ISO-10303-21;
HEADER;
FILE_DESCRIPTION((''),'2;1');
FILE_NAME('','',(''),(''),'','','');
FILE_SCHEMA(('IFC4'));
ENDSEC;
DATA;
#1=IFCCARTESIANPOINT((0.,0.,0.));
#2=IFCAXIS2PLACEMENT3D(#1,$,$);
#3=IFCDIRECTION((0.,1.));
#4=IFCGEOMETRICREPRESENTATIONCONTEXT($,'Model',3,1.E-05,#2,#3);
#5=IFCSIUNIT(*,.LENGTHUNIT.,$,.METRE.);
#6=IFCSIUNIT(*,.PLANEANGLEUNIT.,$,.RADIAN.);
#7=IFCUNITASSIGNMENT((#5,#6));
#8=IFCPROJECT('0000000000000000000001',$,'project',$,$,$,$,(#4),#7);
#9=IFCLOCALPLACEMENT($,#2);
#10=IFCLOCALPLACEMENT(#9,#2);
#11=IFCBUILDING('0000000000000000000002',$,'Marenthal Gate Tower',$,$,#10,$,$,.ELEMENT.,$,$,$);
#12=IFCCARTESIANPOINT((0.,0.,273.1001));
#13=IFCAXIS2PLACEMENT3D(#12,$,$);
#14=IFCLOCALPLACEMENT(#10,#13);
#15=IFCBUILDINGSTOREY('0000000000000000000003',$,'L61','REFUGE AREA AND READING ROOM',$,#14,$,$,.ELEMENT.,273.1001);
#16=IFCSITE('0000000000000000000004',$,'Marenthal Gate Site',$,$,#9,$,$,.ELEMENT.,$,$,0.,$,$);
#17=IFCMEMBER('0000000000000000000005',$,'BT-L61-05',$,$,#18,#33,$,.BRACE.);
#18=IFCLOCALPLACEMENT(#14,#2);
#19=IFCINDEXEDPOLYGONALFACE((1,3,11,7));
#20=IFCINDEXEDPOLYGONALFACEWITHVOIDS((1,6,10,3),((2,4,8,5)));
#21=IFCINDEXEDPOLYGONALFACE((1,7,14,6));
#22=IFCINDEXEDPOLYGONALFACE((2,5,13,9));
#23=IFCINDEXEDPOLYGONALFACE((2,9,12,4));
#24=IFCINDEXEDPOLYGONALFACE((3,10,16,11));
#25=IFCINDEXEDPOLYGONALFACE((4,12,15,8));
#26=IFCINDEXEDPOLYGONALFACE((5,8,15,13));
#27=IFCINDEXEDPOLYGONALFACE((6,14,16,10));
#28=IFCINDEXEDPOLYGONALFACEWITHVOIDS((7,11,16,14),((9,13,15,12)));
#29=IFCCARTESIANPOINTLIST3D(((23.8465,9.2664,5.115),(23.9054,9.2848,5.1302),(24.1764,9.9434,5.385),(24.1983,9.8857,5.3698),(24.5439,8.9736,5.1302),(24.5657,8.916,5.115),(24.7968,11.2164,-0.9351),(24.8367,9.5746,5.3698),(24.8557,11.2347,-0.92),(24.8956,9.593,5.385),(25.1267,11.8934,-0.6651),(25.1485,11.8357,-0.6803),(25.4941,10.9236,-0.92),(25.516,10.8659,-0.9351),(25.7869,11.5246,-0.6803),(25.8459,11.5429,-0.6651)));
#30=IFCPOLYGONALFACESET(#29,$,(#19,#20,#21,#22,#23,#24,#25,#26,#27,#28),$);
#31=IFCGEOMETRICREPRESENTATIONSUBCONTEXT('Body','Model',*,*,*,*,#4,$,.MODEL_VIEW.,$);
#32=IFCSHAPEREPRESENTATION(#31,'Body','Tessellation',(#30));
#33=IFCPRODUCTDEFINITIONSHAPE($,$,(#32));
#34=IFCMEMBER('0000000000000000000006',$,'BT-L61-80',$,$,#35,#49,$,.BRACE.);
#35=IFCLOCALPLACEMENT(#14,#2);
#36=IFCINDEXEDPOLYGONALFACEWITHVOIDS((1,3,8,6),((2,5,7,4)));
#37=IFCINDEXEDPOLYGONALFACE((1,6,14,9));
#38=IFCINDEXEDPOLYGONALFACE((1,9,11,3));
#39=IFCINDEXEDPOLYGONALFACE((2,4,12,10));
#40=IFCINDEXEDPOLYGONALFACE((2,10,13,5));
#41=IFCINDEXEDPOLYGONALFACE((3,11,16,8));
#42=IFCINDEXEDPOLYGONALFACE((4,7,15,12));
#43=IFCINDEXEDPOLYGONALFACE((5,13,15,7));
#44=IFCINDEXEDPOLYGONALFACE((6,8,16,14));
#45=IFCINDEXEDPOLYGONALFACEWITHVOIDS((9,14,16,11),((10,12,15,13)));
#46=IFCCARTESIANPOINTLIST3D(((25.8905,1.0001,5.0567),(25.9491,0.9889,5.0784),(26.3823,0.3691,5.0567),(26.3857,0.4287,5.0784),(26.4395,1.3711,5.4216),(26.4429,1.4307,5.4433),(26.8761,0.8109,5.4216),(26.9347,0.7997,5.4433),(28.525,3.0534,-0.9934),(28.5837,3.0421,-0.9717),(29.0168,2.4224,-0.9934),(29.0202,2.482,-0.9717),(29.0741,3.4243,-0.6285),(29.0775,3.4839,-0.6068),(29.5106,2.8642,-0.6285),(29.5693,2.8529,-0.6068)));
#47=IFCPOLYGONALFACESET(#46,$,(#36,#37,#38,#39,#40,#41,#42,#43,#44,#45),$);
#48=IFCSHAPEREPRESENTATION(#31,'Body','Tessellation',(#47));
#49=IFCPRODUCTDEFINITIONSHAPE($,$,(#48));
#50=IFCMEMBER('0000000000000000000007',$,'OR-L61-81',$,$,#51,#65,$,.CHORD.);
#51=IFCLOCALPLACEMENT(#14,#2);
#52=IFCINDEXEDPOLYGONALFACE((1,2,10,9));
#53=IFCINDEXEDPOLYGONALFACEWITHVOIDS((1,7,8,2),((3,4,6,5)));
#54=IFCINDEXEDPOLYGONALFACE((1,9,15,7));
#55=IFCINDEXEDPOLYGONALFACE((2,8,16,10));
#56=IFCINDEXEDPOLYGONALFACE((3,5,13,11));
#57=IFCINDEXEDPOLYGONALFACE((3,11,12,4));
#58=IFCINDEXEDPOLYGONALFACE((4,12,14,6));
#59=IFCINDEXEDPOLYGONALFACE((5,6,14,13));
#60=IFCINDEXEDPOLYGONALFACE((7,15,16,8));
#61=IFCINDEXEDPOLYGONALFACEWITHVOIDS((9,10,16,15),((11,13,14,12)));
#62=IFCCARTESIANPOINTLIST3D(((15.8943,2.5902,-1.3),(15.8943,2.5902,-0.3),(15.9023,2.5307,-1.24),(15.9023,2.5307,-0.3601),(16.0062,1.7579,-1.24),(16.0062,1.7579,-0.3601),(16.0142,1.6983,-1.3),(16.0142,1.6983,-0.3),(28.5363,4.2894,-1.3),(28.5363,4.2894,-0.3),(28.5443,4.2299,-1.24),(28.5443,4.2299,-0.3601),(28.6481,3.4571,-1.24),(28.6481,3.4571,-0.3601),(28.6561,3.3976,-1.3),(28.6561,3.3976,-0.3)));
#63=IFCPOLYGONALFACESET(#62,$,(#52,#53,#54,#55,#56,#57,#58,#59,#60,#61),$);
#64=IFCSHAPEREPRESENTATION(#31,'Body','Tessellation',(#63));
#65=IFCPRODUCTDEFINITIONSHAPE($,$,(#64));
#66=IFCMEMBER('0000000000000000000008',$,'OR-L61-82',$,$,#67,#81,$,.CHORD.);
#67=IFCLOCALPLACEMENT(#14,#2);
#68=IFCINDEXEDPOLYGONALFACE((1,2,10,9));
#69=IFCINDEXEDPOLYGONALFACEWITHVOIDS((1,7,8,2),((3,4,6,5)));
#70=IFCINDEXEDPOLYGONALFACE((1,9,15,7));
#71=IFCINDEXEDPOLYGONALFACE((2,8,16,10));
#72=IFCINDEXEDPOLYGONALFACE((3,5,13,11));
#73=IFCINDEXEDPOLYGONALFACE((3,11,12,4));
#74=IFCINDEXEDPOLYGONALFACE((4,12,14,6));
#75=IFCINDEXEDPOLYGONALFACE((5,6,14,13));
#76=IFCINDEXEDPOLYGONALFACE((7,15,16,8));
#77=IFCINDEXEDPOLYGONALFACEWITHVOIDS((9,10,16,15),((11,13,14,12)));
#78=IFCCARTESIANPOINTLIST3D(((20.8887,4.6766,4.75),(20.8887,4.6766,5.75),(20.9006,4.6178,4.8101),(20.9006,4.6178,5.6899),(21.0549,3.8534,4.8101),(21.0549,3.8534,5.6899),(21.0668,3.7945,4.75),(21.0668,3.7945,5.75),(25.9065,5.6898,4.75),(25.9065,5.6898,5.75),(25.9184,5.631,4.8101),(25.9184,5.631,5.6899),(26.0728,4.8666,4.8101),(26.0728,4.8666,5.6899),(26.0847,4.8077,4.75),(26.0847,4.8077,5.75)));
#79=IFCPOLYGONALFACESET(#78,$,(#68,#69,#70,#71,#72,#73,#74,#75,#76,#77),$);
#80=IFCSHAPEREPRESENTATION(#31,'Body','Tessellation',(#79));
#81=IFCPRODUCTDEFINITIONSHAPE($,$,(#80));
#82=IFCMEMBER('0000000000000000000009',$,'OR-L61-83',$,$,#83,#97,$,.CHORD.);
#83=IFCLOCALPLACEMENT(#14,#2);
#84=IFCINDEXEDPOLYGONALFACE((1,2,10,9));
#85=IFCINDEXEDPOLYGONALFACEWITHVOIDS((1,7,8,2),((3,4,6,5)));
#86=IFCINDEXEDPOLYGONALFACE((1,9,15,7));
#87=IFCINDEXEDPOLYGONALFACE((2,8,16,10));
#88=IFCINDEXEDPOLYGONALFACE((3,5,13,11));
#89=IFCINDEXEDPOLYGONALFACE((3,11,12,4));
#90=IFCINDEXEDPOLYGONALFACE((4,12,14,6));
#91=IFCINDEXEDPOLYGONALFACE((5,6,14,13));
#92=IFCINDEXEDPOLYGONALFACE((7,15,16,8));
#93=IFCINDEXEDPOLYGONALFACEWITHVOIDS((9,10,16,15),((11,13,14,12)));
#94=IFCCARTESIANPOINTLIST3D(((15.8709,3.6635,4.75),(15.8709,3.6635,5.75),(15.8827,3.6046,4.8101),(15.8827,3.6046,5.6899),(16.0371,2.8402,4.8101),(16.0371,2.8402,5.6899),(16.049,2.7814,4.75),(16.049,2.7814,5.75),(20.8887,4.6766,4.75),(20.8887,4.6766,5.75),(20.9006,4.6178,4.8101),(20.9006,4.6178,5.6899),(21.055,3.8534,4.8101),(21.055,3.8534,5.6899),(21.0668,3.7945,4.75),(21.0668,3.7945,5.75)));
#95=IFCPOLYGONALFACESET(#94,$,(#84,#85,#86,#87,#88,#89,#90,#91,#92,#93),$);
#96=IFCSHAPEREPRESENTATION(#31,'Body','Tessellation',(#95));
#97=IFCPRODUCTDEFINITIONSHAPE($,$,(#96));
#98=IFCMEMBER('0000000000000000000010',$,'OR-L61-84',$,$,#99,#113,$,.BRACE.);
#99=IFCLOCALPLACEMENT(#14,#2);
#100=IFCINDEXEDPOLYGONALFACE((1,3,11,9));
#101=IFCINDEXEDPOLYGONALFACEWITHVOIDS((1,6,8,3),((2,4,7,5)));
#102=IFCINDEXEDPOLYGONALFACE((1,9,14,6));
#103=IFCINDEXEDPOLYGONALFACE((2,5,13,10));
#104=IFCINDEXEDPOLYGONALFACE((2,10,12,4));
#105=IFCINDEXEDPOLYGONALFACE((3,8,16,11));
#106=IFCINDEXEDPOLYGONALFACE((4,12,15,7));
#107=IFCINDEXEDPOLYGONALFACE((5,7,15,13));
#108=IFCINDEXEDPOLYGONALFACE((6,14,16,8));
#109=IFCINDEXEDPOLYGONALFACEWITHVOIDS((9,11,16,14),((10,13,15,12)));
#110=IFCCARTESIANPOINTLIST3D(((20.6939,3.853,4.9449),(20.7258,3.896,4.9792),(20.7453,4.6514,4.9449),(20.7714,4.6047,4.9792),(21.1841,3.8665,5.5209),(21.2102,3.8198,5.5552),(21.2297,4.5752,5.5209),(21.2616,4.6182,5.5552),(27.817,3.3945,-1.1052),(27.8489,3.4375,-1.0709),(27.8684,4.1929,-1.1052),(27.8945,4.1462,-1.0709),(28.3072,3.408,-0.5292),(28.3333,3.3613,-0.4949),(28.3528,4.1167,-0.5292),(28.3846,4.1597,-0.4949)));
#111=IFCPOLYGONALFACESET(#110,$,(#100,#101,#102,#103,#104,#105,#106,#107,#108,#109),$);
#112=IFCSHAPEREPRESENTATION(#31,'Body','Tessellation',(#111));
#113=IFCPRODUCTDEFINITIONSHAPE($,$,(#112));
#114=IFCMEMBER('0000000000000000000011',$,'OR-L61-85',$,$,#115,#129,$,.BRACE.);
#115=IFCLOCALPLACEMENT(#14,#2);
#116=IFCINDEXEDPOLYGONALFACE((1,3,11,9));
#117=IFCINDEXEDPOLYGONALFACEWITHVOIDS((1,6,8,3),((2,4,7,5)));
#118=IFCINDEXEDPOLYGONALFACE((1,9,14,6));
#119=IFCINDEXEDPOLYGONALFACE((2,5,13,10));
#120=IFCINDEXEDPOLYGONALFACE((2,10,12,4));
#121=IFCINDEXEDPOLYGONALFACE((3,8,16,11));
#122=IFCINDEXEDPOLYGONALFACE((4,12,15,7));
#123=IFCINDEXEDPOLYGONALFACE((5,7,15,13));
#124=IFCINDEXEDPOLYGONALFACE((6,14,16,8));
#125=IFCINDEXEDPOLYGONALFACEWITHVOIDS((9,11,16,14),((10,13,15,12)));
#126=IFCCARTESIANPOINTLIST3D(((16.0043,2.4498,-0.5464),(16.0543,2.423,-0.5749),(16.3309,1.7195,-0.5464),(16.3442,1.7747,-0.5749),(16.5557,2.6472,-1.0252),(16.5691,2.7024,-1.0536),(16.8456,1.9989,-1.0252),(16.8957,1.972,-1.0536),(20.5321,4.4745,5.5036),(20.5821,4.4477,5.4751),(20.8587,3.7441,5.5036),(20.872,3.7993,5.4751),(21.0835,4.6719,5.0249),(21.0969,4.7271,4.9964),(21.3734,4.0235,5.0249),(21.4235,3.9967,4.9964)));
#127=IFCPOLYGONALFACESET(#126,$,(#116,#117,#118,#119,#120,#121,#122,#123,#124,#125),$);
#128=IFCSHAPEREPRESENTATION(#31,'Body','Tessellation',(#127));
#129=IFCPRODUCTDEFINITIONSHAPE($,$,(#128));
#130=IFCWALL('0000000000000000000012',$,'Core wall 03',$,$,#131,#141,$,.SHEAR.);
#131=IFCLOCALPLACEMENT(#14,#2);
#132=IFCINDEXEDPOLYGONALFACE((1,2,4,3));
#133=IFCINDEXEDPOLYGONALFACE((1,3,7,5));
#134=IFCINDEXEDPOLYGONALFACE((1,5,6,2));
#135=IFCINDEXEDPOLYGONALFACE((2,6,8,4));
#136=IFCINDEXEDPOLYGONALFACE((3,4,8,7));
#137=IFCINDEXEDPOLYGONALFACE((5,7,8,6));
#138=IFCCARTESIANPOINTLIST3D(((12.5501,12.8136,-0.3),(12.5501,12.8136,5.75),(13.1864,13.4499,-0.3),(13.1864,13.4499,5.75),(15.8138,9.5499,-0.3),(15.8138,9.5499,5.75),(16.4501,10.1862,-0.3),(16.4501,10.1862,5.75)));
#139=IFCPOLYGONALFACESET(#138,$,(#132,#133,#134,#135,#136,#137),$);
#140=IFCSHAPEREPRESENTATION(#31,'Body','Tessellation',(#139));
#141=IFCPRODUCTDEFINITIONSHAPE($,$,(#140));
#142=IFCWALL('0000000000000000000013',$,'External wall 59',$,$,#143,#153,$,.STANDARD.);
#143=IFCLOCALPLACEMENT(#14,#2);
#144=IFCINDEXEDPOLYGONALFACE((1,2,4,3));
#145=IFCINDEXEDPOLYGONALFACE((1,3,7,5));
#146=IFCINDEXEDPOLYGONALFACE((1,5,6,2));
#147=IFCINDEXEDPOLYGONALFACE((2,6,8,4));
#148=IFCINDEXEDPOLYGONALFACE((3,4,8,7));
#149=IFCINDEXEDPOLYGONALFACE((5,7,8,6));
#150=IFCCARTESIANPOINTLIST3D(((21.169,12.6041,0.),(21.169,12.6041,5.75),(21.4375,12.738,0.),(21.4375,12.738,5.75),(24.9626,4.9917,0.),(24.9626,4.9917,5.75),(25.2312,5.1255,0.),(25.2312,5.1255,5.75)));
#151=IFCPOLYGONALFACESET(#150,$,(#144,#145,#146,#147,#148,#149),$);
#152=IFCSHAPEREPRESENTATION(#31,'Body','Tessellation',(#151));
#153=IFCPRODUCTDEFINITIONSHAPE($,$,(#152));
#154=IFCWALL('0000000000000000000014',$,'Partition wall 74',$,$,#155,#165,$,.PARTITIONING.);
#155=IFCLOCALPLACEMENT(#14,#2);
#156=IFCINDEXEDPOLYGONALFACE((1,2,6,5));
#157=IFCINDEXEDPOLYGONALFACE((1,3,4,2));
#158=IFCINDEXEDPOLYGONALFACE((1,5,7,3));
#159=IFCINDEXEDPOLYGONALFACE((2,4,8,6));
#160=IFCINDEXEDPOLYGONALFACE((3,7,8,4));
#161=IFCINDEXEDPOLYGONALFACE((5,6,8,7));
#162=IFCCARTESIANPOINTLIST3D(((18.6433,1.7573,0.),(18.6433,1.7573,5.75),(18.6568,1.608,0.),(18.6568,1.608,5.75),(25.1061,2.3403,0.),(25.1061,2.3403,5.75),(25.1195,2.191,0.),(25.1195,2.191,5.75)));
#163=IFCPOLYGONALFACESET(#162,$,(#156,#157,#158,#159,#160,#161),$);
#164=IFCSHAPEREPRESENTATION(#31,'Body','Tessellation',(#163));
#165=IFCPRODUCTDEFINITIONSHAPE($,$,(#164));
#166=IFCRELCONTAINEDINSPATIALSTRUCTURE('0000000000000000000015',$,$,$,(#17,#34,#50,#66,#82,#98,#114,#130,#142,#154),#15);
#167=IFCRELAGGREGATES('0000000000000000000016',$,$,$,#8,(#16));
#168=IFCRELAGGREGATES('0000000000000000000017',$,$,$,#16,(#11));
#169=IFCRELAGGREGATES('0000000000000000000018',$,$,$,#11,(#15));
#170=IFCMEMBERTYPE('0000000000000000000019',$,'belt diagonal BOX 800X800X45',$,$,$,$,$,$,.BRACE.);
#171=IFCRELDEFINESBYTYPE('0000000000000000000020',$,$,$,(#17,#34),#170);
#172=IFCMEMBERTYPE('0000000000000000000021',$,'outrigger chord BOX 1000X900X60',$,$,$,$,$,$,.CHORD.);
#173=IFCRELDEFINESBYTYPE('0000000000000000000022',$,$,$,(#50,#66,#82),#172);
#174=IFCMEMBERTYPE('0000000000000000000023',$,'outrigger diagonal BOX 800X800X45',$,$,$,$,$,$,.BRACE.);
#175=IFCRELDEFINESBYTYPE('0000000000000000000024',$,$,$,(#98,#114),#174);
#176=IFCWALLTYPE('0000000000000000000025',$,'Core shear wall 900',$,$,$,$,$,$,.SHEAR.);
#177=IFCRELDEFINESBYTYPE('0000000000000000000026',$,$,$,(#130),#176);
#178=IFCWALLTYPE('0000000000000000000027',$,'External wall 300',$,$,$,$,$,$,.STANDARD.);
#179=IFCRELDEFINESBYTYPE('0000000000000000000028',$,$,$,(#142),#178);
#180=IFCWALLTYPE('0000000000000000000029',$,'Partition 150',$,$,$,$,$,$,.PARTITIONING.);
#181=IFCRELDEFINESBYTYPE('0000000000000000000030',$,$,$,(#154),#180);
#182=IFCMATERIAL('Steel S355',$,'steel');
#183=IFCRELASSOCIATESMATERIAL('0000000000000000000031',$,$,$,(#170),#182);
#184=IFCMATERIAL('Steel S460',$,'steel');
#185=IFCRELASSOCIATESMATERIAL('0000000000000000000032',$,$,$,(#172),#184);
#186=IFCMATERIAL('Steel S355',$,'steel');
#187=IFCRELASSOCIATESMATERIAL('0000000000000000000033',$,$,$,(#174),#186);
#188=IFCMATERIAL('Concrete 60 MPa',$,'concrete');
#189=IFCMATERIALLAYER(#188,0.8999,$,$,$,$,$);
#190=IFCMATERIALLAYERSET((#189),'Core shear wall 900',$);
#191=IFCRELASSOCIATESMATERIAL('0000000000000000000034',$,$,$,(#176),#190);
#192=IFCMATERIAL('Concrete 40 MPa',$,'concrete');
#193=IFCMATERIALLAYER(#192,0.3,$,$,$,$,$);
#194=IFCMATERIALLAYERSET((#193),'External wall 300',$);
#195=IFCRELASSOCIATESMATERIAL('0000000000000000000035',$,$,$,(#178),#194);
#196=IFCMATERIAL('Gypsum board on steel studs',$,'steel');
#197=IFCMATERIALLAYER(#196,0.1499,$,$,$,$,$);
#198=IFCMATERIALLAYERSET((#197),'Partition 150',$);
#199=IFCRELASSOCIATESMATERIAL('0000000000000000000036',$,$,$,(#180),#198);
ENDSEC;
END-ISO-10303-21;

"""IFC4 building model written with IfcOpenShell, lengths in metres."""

from ifc_helpers import new_model, si_unit, direction, frame, frame_2d, origin, origin_2d, place, context, subcontext, project, spatial, rectangle, hollow_rectangle, extrude, material, layer, layer_set, material_profile, profile_set, type_object, element, save


model = new_model("IFC4")

# Units and contexts
model_context = context("Model", 3, precision=1e-05, world=origin(), true_north=direction((0.0, 1.0)))
body_context = subcontext(model_context, "Body", "Model", "MODEL_VIEW")
ifc_project = project(units=[si_unit("LENGTHUNIT", "METRE"), si_unit("PLANEANGLEUNIT", "RADIAN")], contexts=[model_context])

# Site, building, storey
site_placement = place(None, origin())
site = spatial("IfcSite", under=ifc_project, at=site_placement, Name="Marenthal Gate Site", CompositionType="ELEMENT", RefElevation=0.0)
building_placement = place(site_placement, origin())
building = spatial("IfcBuilding", under=site, at=building_placement, Name="Marenthal Gate Tower", CompositionType="ELEMENT")
storey_placement = place(building_placement, frame((0.0, 0.0, 273.1001)))
storey = spatial("IfcBuildingStorey", under=building, at=storey_placement, Name="L61", Description="REFUGE AREA AND READING ROOM", CompositionType="ELEMENT", Elevation=273.1001)

# Members
ifc_material_1 = material(Name="Steel S355", Category="steel")
ifc_material_profile_1 = material_profile(ifc_material_1, hollow_rectangle(XDim=0.8, YDim=0.8, WallThickness=0.0449, at=origin_2d()), Name="BOX 800X800X45")
ifc_profile_set_1 = profile_set([ifc_material_profile_1], Name="Steel S355")
member_type_1 = type_object("IfcMemberType", Name="belt diagonal BOX 800X800X45", PredefinedType="BRACE", material=ifc_profile_set_1)
member_1_placement = place(storey_placement, frame((24.3711, 9.4297, 5.25), z_axis=(0.147841, 0.303393, -0.941327), x_axis=(-0.89895, 0.438051, 0.0)))
element("IfcMember", 1, at=member_1_placement, inside=storey, type_object=member_type_1, Name="BT-L61-05", PredefinedType="BRACE", context=body_context, shape_type="SweptSolid", body=[
    extrude(hollow_rectangle(XDim=0.8, YDim=0.8, WallThickness=0.0449, at=origin_2d()), origin(), (0.0, 0.0, 1.0), 6.4272),
])
member_2_placement = place(storey_placement, frame((26.4126, 0.8999, 5.25), z_axis=(0.381217, 0.297102, -0.875445), x_axis=(-0.614715, 0.78875, 0.0)))
element("IfcMember", 2, at=member_2_placement, inside=storey, type_object=member_type_1, Name="BT-L61-80", PredefinedType="BRACE", context=body_context, shape_type="SweptSolid", body=[
    extrude(hollow_rectangle(XDim=0.8, YDim=0.8, WallThickness=0.0449, at=origin_2d()), origin(), (0.0, 0.0, 1.0), 6.9109),
])
ifc_material_2 = material(Name="Steel S460", Category="steel")
ifc_material_profile_2 = material_profile(ifc_material_2, hollow_rectangle(XDim=0.8999, YDim=1.0, WallThickness=0.0601, at=origin_2d()), Name="BOX 1000X900X60")
ifc_profile_set_2 = profile_set([ifc_material_profile_2], Name="Steel S460")
member_type_2 = type_object("IfcMemberType", Name="outrigger chord BOX 1000X900X60", PredefinedType="CHORD", material=ifc_profile_set_2)
member_3_placement = place(storey_placement, frame((28.5962, 3.8435, -0.8), z_axis=(-0.991087, -0.133214, 0.0), x_axis=(0.133214, -0.991087, 0.0)))
element("IfcMember", 3, at=member_3_placement, inside=storey, type_object=member_type_2, Name="OR-L61-81", PredefinedType="CHORD", context=body_context, shape_type="SweptSolid", body=[
    extrude(hollow_rectangle(XDim=0.8999, YDim=1.0, WallThickness=0.0601, at=origin_2d()), origin(), (0.0, 0.0, 1.0), 12.7556),
])
for number, where, z_axis, x_axis, name in (
    (4, (25.9956, 5.2488, 5.25), (-0.980218, -0.197923, 0.0), (0.197923, -0.980218, 0.0), "OR-L61-82"),
    (5, (20.9778, 4.2356, 5.25), (-0.980218, -0.197923, 0.0), (0.197923, -0.980218, 0.0), "OR-L61-83"),
):
    element("IfcMember", number, at=place(storey_placement, frame(where, z_axis=z_axis, x_axis=x_axis)), inside=storey, type_object=member_type_2, Name=name, PredefinedType="CHORD", context=body_context, shape_type="SweptSolid", body=[
        extrude(hollow_rectangle(XDim=0.8999, YDim=1.0, WallThickness=0.0601, at=origin_2d()), origin(), (0.0, 0.0, 1.0), 5.1191),
    ])
ifc_material_3 = material(Name="Steel S355", Category="steel")
ifc_material_profile_3 = material_profile(ifc_material_3, hollow_rectangle(XDim=0.8, YDim=0.8, WallThickness=0.0449, at=origin_2d()), Name="BOX 800X800X45")
ifc_profile_set_3 = profile_set([ifc_material_profile_3], Name="Steel S355")
member_type_3 = type_object("IfcMemberType", Name="outrigger diagonal BOX 800X800X45", PredefinedType="BRACE", material=ifc_profile_set_3)
member_4_placement = place(storey_placement, frame((28.1008, 3.7771, -0.8), z_axis=(-0.761263, 0.049001, 0.646589), x_axis=(-0.064235, -0.997935, 0.0)))
element("IfcMember", 6, at=member_4_placement, inside=storey, type_object=member_type_3, Name="OR-L61-84", PredefinedType="BRACE", context=body_context, shape_type="SweptSolid", body=[
    extrude(hollow_rectangle(XDim=0.8, YDim=0.8, WallThickness=0.0449, at=origin_2d()), origin(), (0.0, 0.0, 1.0), 9.3569),
])
member_5_placement = place(storey_placement, frame((20.9778, 4.2356, 5.25), z_axis=(-0.578764, -0.258799, -0.77334), x_axis=(0.408206, -0.91289, 0.0)))
element("IfcMember", 7, at=member_5_placement, inside=storey, type_object=member_type_3, Name="OR-L61-85", PredefinedType="BRACE", context=body_context, shape_type="SweptSolid", body=[
    extrude(hollow_rectangle(XDim=0.8, YDim=0.8, WallThickness=0.0449, at=origin_2d()), origin(), (0.0, 0.0, 1.0), 7.8232),
])

# Walls
ifc_material_4 = material(Name="Concrete 60 MPa", Category="concrete")
ifc_layer_1 = layer(ifc_material_4, 0.8999)
ifc_layer_set_1 = layer_set([ifc_layer_1], Name="Core shear wall 900")
wall_type_1 = type_object("IfcWallType", Name="Core shear wall 900", PredefinedType="SHEAR", material=ifc_layer_set_1)
wall_1_placement = place(storey_placement, frame((16.1318, 9.8682, -0.3), z_axis=(0.0, 0.0, 1.0), x_axis=(-0.707107, 0.707107, 0.0)))
element("IfcWall", 8, at=wall_1_placement, inside=storey, type_object=wall_type_1, Name="Core wall 03", PredefinedType="SHEAR", context=body_context, shape_type="SweptSolid", body=[
    extrude(rectangle(XDim=4.6155, YDim=0.8999, at=frame_2d((2.3076, 0.0))), origin(), (0.0, 0.0, 1.0), 6.05),
])
ifc_material_5 = material(Name="Concrete 40 MPa", Category="concrete")
ifc_layer_2 = layer(ifc_material_5, 0.3)
ifc_layer_set_2 = layer_set([ifc_layer_2], Name="External wall 300")
wall_type_2 = type_object("IfcWallType", Name="External wall 300", PredefinedType="STANDARD", material=ifc_layer_set_2)
wall_2_placement = place(storey_placement, frame((25.0969, 5.0586, 0.0), z_axis=(0.0, 0.0, 1.0), x_axis=(-0.446031, 0.895018, 0.0)))
element("IfcWall", 9, at=wall_2_placement, inside=storey, type_object=wall_type_2, Name="External wall 59", PredefinedType="STANDARD", context=body_context, shape_type="SweptSolid", body=[
    extrude(rectangle(XDim=8.5054, YDim=0.3, at=frame_2d((4.2527, 0.0))), origin(), (0.0, 0.0, 1.0), 5.75),
])
ifc_material_6 = material(Name="Gypsum board on steel studs", Category="steel")
ifc_layer_3 = layer(ifc_material_6, 0.1499)
ifc_layer_set_3 = layer_set([ifc_layer_3], Name="Partition 150")
wall_type_3 = type_object("IfcWallType", Name="Partition 150", PredefinedType="PARTITIONING", material=ifc_layer_set_3)
wall_3_placement = place(storey_placement, frame((18.6499, 1.6826, 0.0), z_axis=(0.0, 0.0, 1.0), x_axis=(0.995956, 0.089844, 0.0)))
element("IfcWall", 10, at=wall_3_placement, inside=storey, type_object=wall_type_3, Name="Partition wall 74", PredefinedType="PARTITIONING", context=body_context, shape_type="SweptSolid", body=[
    extrude(rectangle(XDim=6.489, YDim=0.1499, at=frame_2d((3.2446, 0.0))), origin(), (0.0, 0.0, 1.0), 5.75),
])

save(model, "model.ifc")
